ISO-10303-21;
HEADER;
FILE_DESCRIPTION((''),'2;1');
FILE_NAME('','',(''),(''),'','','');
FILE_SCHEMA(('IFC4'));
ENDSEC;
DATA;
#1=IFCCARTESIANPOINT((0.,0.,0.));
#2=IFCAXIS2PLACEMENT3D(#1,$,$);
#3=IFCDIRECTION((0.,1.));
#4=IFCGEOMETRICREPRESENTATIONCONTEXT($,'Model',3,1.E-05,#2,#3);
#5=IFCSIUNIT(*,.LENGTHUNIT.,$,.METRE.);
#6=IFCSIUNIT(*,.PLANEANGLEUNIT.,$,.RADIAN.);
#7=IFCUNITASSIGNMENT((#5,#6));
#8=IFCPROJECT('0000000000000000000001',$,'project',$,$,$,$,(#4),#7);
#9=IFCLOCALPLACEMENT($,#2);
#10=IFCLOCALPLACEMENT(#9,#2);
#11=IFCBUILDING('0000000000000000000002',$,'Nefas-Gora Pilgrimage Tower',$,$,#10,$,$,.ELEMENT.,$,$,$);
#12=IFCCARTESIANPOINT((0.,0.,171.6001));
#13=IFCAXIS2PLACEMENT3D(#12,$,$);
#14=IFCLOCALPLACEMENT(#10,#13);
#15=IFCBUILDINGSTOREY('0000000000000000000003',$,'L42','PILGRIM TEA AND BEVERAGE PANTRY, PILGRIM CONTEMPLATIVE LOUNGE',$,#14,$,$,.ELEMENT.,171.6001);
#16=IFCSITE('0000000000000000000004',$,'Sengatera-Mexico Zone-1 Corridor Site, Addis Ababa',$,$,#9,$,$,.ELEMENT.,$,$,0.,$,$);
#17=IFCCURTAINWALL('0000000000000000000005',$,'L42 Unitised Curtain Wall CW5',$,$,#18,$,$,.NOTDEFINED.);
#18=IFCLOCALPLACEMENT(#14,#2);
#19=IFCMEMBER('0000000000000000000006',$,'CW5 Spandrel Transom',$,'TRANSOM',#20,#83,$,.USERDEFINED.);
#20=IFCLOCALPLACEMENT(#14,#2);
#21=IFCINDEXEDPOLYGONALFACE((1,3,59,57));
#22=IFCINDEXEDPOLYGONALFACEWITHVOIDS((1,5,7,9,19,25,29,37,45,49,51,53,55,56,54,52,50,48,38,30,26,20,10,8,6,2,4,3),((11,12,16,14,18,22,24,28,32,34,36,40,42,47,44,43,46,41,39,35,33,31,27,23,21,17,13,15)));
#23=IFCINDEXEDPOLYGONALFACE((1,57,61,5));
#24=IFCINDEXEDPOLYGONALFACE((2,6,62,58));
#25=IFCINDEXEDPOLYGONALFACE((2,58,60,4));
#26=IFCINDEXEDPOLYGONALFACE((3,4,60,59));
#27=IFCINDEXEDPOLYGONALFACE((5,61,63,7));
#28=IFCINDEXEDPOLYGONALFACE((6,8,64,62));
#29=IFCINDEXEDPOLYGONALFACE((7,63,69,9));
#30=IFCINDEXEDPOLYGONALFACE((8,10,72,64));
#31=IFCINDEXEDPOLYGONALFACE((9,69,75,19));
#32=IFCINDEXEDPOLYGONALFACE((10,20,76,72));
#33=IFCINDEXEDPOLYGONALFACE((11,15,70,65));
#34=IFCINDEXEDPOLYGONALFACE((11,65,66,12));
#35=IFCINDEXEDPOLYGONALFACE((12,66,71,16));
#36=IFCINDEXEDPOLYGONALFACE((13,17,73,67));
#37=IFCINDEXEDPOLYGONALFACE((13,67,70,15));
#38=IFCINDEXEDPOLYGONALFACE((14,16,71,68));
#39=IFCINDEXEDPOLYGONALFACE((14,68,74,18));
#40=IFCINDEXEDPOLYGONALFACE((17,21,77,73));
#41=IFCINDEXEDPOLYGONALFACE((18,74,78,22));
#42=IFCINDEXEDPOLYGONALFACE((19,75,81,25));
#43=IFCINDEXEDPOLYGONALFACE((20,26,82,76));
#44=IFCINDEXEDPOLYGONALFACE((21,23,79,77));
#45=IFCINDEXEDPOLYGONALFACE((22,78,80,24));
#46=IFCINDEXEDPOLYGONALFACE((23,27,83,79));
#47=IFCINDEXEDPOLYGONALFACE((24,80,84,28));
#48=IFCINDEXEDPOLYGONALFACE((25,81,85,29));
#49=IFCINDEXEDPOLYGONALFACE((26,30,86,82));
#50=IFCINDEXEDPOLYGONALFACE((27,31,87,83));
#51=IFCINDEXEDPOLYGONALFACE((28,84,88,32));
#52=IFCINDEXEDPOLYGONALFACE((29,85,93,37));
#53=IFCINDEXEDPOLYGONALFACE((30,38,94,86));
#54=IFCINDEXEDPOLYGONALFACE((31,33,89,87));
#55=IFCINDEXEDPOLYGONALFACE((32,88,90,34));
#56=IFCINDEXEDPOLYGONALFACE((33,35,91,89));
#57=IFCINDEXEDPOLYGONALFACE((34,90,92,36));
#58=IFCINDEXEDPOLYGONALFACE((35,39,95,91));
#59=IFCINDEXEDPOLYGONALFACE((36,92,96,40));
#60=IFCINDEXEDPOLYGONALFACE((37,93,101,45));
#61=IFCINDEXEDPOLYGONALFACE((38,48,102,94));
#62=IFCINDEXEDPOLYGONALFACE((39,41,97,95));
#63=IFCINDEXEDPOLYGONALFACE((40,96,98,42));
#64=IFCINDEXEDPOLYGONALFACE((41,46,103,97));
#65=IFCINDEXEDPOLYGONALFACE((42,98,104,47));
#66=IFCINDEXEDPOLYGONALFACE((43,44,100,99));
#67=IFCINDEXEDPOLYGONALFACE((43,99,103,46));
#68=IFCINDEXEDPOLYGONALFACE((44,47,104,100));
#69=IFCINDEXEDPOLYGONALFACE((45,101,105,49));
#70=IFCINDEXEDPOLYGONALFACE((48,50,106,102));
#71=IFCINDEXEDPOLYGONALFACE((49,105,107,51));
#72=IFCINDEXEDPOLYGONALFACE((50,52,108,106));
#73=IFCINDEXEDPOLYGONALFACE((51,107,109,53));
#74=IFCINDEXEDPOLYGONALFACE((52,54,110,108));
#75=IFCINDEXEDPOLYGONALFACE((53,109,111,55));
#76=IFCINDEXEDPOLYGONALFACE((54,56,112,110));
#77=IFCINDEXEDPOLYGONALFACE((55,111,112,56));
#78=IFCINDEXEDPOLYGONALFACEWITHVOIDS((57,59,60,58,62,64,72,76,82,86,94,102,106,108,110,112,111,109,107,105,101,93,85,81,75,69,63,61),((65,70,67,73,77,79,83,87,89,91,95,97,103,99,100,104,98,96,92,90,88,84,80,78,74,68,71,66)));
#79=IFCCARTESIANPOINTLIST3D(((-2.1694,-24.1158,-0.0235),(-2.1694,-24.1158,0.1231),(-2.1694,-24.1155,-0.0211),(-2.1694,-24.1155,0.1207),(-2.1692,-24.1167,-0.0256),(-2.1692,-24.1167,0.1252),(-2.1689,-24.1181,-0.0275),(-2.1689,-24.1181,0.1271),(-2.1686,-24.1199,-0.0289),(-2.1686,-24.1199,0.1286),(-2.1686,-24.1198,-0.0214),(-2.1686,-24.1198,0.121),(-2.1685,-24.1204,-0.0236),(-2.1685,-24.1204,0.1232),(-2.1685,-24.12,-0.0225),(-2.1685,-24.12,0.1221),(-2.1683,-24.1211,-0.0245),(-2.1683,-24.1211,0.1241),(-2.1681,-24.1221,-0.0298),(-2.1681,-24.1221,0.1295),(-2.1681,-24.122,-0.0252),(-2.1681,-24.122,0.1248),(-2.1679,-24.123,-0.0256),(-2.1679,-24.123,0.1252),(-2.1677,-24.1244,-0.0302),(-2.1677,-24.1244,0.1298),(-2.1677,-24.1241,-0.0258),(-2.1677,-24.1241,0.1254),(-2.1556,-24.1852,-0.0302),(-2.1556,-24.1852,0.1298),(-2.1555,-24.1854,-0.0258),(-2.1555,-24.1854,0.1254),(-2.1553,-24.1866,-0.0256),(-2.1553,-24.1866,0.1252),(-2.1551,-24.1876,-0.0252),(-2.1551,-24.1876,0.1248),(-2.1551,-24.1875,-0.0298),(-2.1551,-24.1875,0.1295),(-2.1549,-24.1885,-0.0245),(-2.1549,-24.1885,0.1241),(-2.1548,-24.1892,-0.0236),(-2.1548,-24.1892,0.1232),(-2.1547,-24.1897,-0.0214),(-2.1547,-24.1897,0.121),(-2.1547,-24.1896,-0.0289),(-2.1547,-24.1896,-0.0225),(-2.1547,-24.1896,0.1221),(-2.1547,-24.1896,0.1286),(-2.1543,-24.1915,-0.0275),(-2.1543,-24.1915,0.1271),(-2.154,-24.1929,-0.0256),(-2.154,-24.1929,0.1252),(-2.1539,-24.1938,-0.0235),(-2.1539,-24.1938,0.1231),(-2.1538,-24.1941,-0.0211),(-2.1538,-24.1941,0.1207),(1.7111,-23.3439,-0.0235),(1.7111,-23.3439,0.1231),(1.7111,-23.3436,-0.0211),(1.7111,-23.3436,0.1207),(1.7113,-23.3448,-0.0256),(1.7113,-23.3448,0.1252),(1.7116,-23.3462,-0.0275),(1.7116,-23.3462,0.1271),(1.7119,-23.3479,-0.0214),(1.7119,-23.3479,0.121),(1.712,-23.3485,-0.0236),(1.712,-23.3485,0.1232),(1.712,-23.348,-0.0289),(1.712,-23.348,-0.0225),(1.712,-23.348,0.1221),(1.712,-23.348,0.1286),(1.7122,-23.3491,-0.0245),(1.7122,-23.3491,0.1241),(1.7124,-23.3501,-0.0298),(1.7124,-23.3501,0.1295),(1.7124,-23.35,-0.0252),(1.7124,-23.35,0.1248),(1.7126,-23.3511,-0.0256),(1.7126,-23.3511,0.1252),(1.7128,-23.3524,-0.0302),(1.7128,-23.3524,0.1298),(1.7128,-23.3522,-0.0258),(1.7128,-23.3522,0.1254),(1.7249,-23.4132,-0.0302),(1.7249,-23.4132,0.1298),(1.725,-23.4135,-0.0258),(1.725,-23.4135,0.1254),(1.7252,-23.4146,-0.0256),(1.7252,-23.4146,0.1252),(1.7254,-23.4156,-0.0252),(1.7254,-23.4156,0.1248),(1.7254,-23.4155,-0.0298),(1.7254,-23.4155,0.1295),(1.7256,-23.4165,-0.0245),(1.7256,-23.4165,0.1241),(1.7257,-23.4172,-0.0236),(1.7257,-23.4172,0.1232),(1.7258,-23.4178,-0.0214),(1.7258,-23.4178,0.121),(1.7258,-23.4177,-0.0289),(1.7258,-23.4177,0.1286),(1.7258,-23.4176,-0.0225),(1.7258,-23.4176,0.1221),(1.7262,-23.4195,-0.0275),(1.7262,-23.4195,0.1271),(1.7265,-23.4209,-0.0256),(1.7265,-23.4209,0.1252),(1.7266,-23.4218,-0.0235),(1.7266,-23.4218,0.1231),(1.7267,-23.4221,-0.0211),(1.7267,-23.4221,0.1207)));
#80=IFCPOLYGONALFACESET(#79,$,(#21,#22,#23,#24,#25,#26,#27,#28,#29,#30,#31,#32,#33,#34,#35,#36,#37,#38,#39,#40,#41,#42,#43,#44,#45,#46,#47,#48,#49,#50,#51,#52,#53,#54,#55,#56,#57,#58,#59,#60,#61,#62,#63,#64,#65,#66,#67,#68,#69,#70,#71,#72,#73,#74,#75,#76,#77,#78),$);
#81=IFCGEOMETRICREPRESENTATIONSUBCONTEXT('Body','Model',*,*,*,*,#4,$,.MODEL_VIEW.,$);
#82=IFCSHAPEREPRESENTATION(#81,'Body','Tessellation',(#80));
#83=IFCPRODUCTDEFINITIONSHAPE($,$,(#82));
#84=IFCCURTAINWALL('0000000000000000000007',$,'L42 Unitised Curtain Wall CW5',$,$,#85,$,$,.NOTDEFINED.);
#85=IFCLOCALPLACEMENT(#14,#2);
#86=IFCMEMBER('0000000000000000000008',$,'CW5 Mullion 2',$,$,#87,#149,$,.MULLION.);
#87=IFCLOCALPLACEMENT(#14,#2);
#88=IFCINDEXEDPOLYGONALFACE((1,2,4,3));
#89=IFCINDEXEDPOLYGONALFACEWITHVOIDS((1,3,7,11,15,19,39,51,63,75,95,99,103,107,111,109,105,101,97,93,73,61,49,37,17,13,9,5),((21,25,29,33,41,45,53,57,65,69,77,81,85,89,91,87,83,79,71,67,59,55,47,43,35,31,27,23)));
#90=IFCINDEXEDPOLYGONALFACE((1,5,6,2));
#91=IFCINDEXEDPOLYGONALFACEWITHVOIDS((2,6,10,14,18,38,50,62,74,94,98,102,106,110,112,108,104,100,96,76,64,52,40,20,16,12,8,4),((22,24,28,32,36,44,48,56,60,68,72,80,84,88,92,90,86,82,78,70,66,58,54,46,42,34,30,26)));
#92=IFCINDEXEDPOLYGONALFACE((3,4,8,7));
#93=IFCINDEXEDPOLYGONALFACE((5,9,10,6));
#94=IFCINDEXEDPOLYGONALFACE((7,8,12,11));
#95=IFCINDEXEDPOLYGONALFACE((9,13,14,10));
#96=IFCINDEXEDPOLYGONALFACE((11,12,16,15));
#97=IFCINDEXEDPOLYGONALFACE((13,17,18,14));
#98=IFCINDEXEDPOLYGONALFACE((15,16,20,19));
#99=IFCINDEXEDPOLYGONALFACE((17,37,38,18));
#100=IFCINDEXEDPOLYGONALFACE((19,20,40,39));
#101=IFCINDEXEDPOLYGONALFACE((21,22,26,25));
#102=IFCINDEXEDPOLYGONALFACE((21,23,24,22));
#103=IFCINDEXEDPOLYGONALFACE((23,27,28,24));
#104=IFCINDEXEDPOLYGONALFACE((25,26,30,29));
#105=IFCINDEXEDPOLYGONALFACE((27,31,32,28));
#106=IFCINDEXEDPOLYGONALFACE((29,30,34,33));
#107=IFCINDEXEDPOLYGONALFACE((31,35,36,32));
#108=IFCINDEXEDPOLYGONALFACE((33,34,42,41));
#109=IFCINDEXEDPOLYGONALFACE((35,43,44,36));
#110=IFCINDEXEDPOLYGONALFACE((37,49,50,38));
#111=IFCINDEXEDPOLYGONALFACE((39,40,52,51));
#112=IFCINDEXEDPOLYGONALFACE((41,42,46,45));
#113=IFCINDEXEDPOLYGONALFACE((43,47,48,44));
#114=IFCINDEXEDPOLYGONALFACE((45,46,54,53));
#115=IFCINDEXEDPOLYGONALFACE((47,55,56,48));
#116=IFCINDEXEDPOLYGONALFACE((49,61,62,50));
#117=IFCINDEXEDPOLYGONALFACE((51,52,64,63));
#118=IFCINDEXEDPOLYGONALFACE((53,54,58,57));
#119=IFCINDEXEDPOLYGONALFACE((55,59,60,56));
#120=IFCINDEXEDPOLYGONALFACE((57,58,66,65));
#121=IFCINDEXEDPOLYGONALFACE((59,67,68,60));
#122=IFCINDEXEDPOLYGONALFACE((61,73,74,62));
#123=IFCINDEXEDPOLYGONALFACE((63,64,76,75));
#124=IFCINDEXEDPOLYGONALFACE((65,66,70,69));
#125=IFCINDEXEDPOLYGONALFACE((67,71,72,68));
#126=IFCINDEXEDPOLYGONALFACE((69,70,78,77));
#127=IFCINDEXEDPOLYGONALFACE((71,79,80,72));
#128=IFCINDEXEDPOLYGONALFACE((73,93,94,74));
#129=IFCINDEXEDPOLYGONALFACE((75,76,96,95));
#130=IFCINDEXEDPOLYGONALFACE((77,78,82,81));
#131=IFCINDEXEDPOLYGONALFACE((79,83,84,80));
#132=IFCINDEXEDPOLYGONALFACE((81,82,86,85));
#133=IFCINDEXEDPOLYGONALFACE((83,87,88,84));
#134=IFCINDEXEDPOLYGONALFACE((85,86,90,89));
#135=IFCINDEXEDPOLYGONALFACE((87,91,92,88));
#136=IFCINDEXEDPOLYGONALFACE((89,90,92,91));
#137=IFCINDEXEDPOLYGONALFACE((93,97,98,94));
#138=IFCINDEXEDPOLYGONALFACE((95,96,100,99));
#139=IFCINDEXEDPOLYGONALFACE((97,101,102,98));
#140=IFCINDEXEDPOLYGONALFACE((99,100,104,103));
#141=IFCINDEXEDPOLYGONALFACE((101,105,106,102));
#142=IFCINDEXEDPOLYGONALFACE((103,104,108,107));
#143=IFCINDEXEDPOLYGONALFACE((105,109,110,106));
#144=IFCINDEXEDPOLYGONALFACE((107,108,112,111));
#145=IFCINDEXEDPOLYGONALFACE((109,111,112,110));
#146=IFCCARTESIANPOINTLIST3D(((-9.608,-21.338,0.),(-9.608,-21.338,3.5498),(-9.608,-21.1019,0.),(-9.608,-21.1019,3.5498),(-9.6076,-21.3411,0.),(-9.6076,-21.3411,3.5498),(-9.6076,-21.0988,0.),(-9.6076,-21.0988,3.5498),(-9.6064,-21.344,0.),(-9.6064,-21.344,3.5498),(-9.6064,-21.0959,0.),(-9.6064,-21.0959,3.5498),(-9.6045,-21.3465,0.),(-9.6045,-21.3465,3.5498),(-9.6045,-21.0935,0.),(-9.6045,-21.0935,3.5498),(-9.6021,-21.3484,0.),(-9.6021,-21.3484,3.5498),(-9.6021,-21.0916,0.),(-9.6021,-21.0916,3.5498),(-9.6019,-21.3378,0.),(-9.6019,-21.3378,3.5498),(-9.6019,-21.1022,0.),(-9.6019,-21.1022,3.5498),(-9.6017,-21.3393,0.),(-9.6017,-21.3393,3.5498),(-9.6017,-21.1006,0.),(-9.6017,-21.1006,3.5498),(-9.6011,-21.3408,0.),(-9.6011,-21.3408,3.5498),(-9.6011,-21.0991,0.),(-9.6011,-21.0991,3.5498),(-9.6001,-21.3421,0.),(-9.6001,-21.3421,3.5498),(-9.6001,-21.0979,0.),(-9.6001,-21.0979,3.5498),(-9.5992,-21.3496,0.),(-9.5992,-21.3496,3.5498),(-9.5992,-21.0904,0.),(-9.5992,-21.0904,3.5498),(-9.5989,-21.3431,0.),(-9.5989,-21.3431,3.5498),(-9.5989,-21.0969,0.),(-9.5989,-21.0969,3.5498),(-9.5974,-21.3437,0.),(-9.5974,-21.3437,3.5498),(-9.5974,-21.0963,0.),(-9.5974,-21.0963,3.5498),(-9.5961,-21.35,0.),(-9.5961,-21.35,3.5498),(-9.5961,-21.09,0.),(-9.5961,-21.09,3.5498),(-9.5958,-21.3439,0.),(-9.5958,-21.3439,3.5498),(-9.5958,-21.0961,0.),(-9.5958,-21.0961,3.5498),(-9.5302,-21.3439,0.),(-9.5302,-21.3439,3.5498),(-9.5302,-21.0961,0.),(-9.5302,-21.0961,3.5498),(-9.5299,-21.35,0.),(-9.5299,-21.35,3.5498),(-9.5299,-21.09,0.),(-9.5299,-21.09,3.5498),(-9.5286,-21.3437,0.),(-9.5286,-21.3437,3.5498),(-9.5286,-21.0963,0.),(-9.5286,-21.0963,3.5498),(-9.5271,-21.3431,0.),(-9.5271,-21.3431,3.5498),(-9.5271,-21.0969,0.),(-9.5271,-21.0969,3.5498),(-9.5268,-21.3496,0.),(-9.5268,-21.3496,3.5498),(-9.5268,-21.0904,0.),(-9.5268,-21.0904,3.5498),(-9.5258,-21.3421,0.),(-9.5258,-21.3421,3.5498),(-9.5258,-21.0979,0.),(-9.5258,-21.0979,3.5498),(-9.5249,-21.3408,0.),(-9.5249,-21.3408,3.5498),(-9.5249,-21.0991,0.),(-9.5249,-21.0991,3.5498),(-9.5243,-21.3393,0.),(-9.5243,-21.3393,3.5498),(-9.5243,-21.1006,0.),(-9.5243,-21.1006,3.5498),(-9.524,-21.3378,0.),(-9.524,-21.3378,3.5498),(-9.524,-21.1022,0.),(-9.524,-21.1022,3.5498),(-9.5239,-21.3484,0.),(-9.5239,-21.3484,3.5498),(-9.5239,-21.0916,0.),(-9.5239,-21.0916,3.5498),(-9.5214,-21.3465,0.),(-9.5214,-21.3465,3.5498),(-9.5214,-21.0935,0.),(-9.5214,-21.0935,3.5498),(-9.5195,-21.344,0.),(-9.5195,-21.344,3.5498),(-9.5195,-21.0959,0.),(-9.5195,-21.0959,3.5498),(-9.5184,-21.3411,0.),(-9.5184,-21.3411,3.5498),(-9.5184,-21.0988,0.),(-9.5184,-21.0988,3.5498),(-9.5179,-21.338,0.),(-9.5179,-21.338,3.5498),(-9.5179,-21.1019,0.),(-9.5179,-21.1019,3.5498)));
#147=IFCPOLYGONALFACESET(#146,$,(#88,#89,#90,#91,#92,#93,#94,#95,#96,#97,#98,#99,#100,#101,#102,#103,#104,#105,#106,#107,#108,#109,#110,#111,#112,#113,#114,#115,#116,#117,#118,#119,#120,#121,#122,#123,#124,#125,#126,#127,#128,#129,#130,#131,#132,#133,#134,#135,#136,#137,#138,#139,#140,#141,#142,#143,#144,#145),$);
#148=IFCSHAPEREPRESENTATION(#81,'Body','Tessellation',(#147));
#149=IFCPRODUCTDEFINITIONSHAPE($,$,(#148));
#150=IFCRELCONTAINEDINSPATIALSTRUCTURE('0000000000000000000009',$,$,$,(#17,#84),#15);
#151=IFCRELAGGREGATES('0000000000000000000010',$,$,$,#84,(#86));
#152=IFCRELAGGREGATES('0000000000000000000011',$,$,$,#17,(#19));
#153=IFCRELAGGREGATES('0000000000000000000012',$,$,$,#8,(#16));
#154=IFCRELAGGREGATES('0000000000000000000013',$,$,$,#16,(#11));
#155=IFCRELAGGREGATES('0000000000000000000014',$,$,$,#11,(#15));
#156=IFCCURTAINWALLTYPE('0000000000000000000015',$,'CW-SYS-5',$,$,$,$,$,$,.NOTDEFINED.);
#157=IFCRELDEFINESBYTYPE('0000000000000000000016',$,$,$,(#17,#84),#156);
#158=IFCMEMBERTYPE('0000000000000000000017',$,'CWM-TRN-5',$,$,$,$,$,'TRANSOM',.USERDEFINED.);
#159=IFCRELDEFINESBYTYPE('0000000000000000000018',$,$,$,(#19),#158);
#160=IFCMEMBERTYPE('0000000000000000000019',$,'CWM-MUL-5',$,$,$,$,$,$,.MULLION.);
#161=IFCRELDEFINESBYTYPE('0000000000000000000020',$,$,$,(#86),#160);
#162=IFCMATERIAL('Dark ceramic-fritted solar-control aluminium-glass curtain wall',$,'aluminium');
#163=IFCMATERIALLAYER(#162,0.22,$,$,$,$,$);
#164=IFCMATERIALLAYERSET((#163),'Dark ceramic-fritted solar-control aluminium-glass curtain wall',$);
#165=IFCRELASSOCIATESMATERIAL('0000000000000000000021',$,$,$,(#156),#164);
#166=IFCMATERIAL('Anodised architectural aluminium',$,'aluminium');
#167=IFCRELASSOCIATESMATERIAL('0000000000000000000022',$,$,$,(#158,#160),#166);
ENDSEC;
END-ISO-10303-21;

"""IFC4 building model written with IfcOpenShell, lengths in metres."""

from ifc_helpers import new_model, si_unit, direction, frame, origin, origin_2d, place, context, subcontext, project, spatial, hollow_rectangle, extrude, source, transform, mapped, material, layer, layer_set, material_profile, profile_set, type_object, element, aggregate, save


model = new_model("IFC4")

# Units and contexts
model_context = context("Model", 3, precision=1e-05, world=origin(), true_north=direction((0.0, 1.0)))
body_context = subcontext(model_context, "Body", "Model", "MODEL_VIEW")
ifc_project = project(units=[si_unit("LENGTHUNIT", "METRE"), si_unit("PLANEANGLEUNIT", "RADIAN")], contexts=[model_context])

# Site, building, storey
site_placement = place(None, origin())
site = spatial("IfcSite", under=ifc_project, at=site_placement, Name="Sengatera-Mexico Zone-1 Corridor Site, Addis Ababa", CompositionType="ELEMENT", RefElevation=0.0)
building_placement = place(site_placement, origin())
building = spatial("IfcBuilding", under=site, at=building_placement, Name="Nefas-Gora Pilgrimage Tower", CompositionType="ELEMENT")
storey_placement = place(building_placement, frame((0.0, 0.0, 171.6001)))
storey = spatial("IfcBuildingStorey", under=building, at=storey_placement, Name="L42", Description="PILGRIM TEA AND BEVERAGE PANTRY, PILGRIM CONTEMPLATIVE LOUNGE", CompositionType="ELEMENT", Elevation=171.6001)

# Curtain walls, members
ifc_material_1 = material(Name="Dark ceramic-fritted solar-control aluminium-glass curtain wall", Category="aluminium")
ifc_layer_1 = layer(ifc_material_1, 0.22)
ifc_layer_set_1 = layer_set([ifc_layer_1], Name="Dark ceramic-fritted solar-control aluminium-glass curtain wall")
curtain_wall_type = type_object("IfcCurtainWallType", Name="CW-SYS-5", PredefinedType="NOTDEFINED", material=ifc_layer_set_1)
curtain_wall_1_placement = place(storey_placement, origin())
curtain_wall_1 = element("IfcCurtainWall", 1, at=curtain_wall_1_placement, inside=storey, type_object=curtain_wall_type, Name="L42 Unitised Curtain Wall CW5", PredefinedType="NOTDEFINED")
ifc_material_2 = material(Name="Anodised architectural aluminium", Category="aluminium")
ifc_material_profile_1 = material_profile(ifc_material_2, hollow_rectangle(XDim=0.0801, YDim=0.1599, WallThickness=0.0044, InnerFilletRadius=0.0044, OuterFilletRadius=0.009, at=origin_2d()), Name="ALU TRANSOM 80x160")
ifc_profile_set_1 = profile_set([ifc_material_profile_1], Name="Anodised architectural aluminium")
member_type_1 = type_object("IfcMemberType", Name="CWM-TRN-5", ElementType="TRANSOM", PredefinedType="USERDEFINED", material=ifc_profile_set_1)
shared_shape_1 = source(origin(), body_context, "Body", "SweptSolid", [
    extrude(hollow_rectangle(XDim=0.0801, YDim=0.1599, WallThickness=0.0044, InnerFilletRadius=0.0044, OuterFilletRadius=0.009, at=origin_2d()), origin(), (0.0, 0.0, 1.0), 3.9565),
])
member_1_placement = place(storey_placement, frame((-2.1616, -24.1548, 0.0498), z_axis=(0.980782, 0.195107, 0.0), x_axis=(-0.195107, 0.980782, 0.0)))
member_1 = element("IfcMember", 2, at=member_1_placement, type_object=member_type_1, Name="CW5 Spandrel Transom", ObjectType="TRANSOM", PredefinedType="USERDEFINED", context=body_context, shape_type="MappedRepresentation", body=[
    mapped(shared_shape_1, transform((0.0, 0.0, 0.0), x_axis=(1.0, 0.0, 0.0), y_axis=(0.0, 1.0, 0.0), z_axis=(0.0, 0.0, 1.0), scale=1.0)),
])
curtain_wall_2_placement = place(storey_placement, origin())
curtain_wall_2 = element("IfcCurtainWall", 3, at=curtain_wall_2_placement, inside=storey, type_object=curtain_wall_type, Name="L42 Unitised Curtain Wall CW5", PredefinedType="NOTDEFINED")
ifc_material_profile_2 = material_profile(ifc_material_2, hollow_rectangle(XDim=0.0901, YDim=0.26, WallThickness=0.0061, InnerFilletRadius=0.0061, OuterFilletRadius=0.012, at=origin_2d()), Name="ALU MULLION 90x260")
ifc_profile_set_2 = profile_set([ifc_material_profile_2], Name="Anodised architectural aluminium")
member_type_2 = type_object("IfcMemberType", Name="CWM-MUL-5", PredefinedType="MULLION", material=ifc_profile_set_2)
shared_shape_2 = source(origin(), body_context, "Body", "SweptSolid", [
    extrude(hollow_rectangle(XDim=0.0901, YDim=0.26, WallThickness=0.0061, InnerFilletRadius=0.0061, OuterFilletRadius=0.012, at=origin_2d()), origin(), (0.0, 0.0, 1.0), 3.5498),
])
member_2_placement = place(storey_placement, frame((-9.563, -21.22, 0.0), z_axis=(0.0, 0.0, 1.0), x_axis=(1.0, 0.0, 0.0)))
member_2 = element("IfcMember", 4, at=member_2_placement, type_object=member_type_2, Name="CW5 Mullion 2", PredefinedType="MULLION", context=body_context, shape_type="MappedRepresentation", body=[
    mapped(shared_shape_2, transform((0.0, 0.0, 0.0), x_axis=(1.0, 0.0, 0.0), y_axis=(0.0, 1.0, 0.0), z_axis=(0.0, 0.0, 1.0), scale=1.0)),
])
aggregate(curtain_wall_2, [member_2])

aggregate(curtain_wall_1, [member_1])

save(model, "model.ifc")
